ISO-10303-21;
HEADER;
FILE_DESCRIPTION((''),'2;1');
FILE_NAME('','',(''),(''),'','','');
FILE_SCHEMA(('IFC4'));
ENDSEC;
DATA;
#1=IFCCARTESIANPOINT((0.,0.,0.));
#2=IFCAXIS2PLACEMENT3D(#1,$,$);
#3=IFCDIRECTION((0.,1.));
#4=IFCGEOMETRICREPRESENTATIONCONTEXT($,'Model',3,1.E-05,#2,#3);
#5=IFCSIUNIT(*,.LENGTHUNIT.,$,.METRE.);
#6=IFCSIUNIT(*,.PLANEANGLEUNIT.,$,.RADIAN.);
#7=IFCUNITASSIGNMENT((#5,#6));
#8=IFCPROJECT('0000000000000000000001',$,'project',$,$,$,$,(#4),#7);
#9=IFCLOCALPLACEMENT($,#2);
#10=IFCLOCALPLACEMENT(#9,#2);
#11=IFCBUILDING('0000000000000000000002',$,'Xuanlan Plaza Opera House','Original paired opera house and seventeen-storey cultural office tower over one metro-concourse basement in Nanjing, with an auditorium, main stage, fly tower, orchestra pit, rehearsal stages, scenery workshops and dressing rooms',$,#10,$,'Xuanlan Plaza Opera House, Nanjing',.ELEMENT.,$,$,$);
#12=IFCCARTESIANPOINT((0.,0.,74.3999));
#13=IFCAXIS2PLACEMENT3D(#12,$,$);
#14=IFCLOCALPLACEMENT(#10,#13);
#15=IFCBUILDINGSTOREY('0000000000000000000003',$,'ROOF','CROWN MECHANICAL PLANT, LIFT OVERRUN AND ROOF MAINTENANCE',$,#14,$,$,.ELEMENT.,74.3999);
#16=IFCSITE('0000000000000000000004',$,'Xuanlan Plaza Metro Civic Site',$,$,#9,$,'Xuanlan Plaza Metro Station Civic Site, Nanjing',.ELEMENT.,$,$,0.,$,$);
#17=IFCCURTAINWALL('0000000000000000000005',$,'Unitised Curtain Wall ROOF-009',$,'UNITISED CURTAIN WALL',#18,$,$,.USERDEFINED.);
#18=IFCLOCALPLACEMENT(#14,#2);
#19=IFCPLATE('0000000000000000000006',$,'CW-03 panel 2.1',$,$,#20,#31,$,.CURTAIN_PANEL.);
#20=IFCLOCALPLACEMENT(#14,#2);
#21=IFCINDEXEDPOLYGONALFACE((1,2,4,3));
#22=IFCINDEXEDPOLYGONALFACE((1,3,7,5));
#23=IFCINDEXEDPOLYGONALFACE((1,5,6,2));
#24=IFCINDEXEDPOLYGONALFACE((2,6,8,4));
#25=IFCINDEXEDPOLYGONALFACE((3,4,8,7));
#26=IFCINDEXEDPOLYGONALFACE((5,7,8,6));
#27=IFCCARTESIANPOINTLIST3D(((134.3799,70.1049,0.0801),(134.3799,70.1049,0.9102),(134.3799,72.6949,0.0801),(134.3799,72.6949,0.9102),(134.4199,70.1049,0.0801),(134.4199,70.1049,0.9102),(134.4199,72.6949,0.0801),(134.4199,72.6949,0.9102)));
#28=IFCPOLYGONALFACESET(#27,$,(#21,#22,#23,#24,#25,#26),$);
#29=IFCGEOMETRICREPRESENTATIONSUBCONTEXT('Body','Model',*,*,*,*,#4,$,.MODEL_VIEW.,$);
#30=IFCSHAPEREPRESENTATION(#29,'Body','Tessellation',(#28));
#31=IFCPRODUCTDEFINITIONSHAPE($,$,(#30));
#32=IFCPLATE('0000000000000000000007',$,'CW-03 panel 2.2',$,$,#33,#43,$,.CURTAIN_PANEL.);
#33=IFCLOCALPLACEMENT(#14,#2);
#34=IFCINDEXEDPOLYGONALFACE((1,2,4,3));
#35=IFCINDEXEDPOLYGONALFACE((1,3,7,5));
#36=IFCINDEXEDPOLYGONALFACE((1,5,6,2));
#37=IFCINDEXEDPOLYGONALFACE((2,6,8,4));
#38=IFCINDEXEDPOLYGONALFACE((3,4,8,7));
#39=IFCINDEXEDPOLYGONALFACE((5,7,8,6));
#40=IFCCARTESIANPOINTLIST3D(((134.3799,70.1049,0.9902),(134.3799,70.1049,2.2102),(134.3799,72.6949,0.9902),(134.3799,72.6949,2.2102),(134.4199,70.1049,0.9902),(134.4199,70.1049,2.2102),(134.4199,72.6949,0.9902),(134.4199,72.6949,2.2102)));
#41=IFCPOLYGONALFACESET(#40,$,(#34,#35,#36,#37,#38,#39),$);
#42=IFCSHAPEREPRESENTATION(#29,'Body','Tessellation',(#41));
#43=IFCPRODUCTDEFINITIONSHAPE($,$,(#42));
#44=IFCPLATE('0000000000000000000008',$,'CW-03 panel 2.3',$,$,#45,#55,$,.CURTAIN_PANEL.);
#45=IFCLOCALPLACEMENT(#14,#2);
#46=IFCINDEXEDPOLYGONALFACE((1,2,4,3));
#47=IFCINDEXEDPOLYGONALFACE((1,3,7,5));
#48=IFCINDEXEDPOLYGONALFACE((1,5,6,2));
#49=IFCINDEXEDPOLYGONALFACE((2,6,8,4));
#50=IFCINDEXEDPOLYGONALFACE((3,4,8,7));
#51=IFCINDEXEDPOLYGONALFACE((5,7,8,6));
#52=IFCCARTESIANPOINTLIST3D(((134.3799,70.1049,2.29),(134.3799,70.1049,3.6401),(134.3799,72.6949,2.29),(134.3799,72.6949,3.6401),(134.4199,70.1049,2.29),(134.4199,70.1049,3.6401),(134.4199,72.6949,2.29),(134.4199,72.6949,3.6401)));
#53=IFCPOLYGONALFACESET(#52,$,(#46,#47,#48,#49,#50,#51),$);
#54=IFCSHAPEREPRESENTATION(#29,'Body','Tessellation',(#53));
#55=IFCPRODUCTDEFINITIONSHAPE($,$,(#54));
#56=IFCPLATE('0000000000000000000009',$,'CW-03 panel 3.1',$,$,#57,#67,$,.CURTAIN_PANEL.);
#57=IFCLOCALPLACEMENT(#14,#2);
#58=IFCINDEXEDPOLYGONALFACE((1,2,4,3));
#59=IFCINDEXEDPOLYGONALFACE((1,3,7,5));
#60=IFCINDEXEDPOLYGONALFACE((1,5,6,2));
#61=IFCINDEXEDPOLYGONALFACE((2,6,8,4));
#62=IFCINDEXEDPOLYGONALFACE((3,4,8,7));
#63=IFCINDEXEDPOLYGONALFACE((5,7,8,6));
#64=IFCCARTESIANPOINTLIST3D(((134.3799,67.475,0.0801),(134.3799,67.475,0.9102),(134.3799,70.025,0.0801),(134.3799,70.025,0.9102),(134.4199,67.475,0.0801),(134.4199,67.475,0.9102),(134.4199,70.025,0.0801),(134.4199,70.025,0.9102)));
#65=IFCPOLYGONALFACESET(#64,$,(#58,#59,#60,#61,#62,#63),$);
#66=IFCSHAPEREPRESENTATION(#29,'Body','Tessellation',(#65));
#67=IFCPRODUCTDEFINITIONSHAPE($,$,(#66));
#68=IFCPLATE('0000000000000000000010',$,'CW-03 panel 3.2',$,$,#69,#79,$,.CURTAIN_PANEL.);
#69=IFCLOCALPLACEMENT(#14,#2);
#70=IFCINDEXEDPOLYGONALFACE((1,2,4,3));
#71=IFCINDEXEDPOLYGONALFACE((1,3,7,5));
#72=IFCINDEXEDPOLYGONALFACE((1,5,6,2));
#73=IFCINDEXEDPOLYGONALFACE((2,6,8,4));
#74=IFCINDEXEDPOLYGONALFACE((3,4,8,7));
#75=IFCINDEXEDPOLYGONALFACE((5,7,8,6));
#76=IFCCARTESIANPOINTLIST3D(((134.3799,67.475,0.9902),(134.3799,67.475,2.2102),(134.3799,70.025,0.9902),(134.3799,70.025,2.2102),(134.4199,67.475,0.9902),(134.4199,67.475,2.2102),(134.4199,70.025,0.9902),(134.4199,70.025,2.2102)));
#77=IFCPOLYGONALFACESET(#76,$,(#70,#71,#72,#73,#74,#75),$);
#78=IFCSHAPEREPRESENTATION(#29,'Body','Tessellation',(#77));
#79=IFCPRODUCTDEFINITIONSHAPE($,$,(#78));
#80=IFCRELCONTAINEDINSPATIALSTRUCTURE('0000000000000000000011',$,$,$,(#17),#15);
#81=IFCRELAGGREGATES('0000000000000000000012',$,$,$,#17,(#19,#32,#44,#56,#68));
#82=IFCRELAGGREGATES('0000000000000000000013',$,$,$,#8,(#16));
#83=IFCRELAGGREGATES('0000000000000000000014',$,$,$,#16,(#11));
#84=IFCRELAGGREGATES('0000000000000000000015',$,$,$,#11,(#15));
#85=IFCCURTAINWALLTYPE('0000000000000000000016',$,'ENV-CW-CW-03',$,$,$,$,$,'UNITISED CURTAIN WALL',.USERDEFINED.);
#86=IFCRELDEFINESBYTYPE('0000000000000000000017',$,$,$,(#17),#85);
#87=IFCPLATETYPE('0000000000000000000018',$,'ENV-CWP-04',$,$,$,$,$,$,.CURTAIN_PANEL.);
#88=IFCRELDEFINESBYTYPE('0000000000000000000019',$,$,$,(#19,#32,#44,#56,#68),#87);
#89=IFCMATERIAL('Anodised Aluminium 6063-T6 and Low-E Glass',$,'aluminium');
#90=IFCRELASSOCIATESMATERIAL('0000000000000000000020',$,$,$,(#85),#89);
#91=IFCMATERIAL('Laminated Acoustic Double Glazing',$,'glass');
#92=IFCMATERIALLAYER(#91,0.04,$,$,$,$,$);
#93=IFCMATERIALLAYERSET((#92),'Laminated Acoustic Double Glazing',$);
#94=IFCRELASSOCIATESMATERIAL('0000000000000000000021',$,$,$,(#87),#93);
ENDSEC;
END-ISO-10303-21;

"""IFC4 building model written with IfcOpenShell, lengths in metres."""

from ifc_helpers import new_model, si_unit, direction, frame, origin, origin_2d, place, context, subcontext, project, spatial, rectangle, extrude, material, layer, layer_set, type_object, element, aggregate, save


model = new_model("IFC4")

# Units and contexts
model_context = context("Model", 3, precision=1e-05, world=origin(), true_north=direction((0.0, 1.0)))
body_context = subcontext(model_context, "Body", "Model", "MODEL_VIEW")
ifc_project = project(units=[si_unit("LENGTHUNIT", "METRE"), si_unit("PLANEANGLEUNIT", "RADIAN")], contexts=[model_context])

# Site, building, storey
site_placement = place(None, origin())
site = spatial("IfcSite", under=ifc_project, at=site_placement, Name="Xuanlan Plaza Metro Civic Site", LongName="Xuanlan Plaza Metro Station Civic Site, Nanjing", CompositionType="ELEMENT", RefElevation=0.0)
building_placement = place(site_placement, origin())
building = spatial("IfcBuilding", under=site, at=building_placement, Name="Xuanlan Plaza Opera House", Description="Original paired opera house and seventeen-storey cultural office tower over one metro-concourse basement in Nanjing, with an auditorium, main stage, fly tower, orchestra pit, rehearsal stages, scenery workshops and dressing rooms", LongName="Xuanlan Plaza Opera House, Nanjing", CompositionType="ELEMENT")
storey_placement = place(building_placement, frame((0.0, 0.0, 74.3999)))
storey = spatial("IfcBuildingStorey", under=building, at=storey_placement, Name="ROOF", Description="CROWN MECHANICAL PLANT, LIFT OVERRUN AND ROOF MAINTENANCE", CompositionType="ELEMENT", Elevation=74.3999)

# Curtain wall
ifc_material_1 = material(Name="Anodised Aluminium 6063-T6 and Low-E Glass", Category="aluminium")
curtain_wall_type = type_object("IfcCurtainWallType", Name="ENV-CW-CW-03", ElementType="UNITISED CURTAIN WALL", PredefinedType="USERDEFINED", material=ifc_material_1)
curtain_wall_placement = place(storey_placement, origin())
curtain_wall = element("IfcCurtainWall", 1, at=curtain_wall_placement, inside=storey, type_object=curtain_wall_type, Name="Unitised Curtain Wall ROOF-009", ObjectType="UNITISED CURTAIN WALL", PredefinedType="USERDEFINED")

# Plates
ifc_material_2 = material(Name="Laminated Acoustic Double Glazing", Category="glass")
ifc_layer = layer(ifc_material_2, 0.04)
ifc_layer_set = layer_set([ifc_layer], Name="Laminated Acoustic Double Glazing")
plate_type = type_object("IfcPlateType", Name="ENV-CWP-04", PredefinedType="CURTAIN_PANEL", material=ifc_layer_set)
plate_1_placement = place(storey_placement, frame((134.3999, 71.3999, 0.0801), z_axis=(0.0, 0.0, 1.0), x_axis=(0.0, -1.0, 0.0)))
plate_1 = element("IfcPlate", 2, at=plate_1_placement, type_object=plate_type, Name="CW-03 panel 2.1", PredefinedType="CURTAIN_PANEL", context=body_context, shape_type="SweptSolid", body=[
    extrude(rectangle(XDim=2.5901, YDim=0.04, at=origin_2d()), origin(), (0.0, 0.0, 1.0), 0.8301),
])
plate_2_placement = place(storey_placement, frame((134.3999, 71.3999, 0.9902), z_axis=(0.0, 0.0, 1.0), x_axis=(0.0, -1.0, 0.0)))
plate_2 = element("IfcPlate", 3, at=plate_2_placement, type_object=plate_type, Name="CW-03 panel 2.2", PredefinedType="CURTAIN_PANEL", context=body_context, shape_type="SweptSolid", body=[
    extrude(rectangle(XDim=2.5901, YDim=0.04, at=origin_2d()), origin(), (0.0, 0.0, 1.0), 1.22),
])
plate_3_placement = place(storey_placement, frame((134.3999, 71.3999, 2.29), z_axis=(0.0, 0.0, 1.0), x_axis=(0.0, -1.0, 0.0)))
plate_3 = element("IfcPlate", 4, at=plate_3_placement, type_object=plate_type, Name="CW-03 panel 2.3", PredefinedType="CURTAIN_PANEL", context=body_context, shape_type="SweptSolid", body=[
    extrude(rectangle(XDim=2.5901, YDim=0.04, at=origin_2d()), origin(), (0.0, 0.0, 1.0), 1.3501),
])
plate_4_placement = place(storey_placement, frame((134.3999, 68.75, 0.0801), z_axis=(0.0, 0.0, 1.0), x_axis=(0.0, -1.0, 0.0)))
plate_4 = element("IfcPlate", 5, at=plate_4_placement, type_object=plate_type, Name="CW-03 panel 3.1", PredefinedType="CURTAIN_PANEL", context=body_context, shape_type="SweptSolid", body=[
    extrude(rectangle(XDim=2.55, YDim=0.04, at=origin_2d()), origin(), (0.0, 0.0, 1.0), 0.8301),
])
plate_5_placement = place(storey_placement, frame((134.3999, 68.75, 0.9902), z_axis=(0.0, 0.0, 1.0), x_axis=(0.0, -1.0, 0.0)))
plate_5 = element("IfcPlate", 6, at=plate_5_placement, type_object=plate_type, Name="CW-03 panel 3.2", PredefinedType="CURTAIN_PANEL", context=body_context, shape_type="SweptSolid", body=[
    extrude(rectangle(XDim=2.55, YDim=0.04, at=origin_2d()), origin(), (0.0, 0.0, 1.0), 1.22),
])
aggregate(curtain_wall, [plate_1, plate_2, plate_3, plate_4, plate_5])

save(model, "model.ifc")
